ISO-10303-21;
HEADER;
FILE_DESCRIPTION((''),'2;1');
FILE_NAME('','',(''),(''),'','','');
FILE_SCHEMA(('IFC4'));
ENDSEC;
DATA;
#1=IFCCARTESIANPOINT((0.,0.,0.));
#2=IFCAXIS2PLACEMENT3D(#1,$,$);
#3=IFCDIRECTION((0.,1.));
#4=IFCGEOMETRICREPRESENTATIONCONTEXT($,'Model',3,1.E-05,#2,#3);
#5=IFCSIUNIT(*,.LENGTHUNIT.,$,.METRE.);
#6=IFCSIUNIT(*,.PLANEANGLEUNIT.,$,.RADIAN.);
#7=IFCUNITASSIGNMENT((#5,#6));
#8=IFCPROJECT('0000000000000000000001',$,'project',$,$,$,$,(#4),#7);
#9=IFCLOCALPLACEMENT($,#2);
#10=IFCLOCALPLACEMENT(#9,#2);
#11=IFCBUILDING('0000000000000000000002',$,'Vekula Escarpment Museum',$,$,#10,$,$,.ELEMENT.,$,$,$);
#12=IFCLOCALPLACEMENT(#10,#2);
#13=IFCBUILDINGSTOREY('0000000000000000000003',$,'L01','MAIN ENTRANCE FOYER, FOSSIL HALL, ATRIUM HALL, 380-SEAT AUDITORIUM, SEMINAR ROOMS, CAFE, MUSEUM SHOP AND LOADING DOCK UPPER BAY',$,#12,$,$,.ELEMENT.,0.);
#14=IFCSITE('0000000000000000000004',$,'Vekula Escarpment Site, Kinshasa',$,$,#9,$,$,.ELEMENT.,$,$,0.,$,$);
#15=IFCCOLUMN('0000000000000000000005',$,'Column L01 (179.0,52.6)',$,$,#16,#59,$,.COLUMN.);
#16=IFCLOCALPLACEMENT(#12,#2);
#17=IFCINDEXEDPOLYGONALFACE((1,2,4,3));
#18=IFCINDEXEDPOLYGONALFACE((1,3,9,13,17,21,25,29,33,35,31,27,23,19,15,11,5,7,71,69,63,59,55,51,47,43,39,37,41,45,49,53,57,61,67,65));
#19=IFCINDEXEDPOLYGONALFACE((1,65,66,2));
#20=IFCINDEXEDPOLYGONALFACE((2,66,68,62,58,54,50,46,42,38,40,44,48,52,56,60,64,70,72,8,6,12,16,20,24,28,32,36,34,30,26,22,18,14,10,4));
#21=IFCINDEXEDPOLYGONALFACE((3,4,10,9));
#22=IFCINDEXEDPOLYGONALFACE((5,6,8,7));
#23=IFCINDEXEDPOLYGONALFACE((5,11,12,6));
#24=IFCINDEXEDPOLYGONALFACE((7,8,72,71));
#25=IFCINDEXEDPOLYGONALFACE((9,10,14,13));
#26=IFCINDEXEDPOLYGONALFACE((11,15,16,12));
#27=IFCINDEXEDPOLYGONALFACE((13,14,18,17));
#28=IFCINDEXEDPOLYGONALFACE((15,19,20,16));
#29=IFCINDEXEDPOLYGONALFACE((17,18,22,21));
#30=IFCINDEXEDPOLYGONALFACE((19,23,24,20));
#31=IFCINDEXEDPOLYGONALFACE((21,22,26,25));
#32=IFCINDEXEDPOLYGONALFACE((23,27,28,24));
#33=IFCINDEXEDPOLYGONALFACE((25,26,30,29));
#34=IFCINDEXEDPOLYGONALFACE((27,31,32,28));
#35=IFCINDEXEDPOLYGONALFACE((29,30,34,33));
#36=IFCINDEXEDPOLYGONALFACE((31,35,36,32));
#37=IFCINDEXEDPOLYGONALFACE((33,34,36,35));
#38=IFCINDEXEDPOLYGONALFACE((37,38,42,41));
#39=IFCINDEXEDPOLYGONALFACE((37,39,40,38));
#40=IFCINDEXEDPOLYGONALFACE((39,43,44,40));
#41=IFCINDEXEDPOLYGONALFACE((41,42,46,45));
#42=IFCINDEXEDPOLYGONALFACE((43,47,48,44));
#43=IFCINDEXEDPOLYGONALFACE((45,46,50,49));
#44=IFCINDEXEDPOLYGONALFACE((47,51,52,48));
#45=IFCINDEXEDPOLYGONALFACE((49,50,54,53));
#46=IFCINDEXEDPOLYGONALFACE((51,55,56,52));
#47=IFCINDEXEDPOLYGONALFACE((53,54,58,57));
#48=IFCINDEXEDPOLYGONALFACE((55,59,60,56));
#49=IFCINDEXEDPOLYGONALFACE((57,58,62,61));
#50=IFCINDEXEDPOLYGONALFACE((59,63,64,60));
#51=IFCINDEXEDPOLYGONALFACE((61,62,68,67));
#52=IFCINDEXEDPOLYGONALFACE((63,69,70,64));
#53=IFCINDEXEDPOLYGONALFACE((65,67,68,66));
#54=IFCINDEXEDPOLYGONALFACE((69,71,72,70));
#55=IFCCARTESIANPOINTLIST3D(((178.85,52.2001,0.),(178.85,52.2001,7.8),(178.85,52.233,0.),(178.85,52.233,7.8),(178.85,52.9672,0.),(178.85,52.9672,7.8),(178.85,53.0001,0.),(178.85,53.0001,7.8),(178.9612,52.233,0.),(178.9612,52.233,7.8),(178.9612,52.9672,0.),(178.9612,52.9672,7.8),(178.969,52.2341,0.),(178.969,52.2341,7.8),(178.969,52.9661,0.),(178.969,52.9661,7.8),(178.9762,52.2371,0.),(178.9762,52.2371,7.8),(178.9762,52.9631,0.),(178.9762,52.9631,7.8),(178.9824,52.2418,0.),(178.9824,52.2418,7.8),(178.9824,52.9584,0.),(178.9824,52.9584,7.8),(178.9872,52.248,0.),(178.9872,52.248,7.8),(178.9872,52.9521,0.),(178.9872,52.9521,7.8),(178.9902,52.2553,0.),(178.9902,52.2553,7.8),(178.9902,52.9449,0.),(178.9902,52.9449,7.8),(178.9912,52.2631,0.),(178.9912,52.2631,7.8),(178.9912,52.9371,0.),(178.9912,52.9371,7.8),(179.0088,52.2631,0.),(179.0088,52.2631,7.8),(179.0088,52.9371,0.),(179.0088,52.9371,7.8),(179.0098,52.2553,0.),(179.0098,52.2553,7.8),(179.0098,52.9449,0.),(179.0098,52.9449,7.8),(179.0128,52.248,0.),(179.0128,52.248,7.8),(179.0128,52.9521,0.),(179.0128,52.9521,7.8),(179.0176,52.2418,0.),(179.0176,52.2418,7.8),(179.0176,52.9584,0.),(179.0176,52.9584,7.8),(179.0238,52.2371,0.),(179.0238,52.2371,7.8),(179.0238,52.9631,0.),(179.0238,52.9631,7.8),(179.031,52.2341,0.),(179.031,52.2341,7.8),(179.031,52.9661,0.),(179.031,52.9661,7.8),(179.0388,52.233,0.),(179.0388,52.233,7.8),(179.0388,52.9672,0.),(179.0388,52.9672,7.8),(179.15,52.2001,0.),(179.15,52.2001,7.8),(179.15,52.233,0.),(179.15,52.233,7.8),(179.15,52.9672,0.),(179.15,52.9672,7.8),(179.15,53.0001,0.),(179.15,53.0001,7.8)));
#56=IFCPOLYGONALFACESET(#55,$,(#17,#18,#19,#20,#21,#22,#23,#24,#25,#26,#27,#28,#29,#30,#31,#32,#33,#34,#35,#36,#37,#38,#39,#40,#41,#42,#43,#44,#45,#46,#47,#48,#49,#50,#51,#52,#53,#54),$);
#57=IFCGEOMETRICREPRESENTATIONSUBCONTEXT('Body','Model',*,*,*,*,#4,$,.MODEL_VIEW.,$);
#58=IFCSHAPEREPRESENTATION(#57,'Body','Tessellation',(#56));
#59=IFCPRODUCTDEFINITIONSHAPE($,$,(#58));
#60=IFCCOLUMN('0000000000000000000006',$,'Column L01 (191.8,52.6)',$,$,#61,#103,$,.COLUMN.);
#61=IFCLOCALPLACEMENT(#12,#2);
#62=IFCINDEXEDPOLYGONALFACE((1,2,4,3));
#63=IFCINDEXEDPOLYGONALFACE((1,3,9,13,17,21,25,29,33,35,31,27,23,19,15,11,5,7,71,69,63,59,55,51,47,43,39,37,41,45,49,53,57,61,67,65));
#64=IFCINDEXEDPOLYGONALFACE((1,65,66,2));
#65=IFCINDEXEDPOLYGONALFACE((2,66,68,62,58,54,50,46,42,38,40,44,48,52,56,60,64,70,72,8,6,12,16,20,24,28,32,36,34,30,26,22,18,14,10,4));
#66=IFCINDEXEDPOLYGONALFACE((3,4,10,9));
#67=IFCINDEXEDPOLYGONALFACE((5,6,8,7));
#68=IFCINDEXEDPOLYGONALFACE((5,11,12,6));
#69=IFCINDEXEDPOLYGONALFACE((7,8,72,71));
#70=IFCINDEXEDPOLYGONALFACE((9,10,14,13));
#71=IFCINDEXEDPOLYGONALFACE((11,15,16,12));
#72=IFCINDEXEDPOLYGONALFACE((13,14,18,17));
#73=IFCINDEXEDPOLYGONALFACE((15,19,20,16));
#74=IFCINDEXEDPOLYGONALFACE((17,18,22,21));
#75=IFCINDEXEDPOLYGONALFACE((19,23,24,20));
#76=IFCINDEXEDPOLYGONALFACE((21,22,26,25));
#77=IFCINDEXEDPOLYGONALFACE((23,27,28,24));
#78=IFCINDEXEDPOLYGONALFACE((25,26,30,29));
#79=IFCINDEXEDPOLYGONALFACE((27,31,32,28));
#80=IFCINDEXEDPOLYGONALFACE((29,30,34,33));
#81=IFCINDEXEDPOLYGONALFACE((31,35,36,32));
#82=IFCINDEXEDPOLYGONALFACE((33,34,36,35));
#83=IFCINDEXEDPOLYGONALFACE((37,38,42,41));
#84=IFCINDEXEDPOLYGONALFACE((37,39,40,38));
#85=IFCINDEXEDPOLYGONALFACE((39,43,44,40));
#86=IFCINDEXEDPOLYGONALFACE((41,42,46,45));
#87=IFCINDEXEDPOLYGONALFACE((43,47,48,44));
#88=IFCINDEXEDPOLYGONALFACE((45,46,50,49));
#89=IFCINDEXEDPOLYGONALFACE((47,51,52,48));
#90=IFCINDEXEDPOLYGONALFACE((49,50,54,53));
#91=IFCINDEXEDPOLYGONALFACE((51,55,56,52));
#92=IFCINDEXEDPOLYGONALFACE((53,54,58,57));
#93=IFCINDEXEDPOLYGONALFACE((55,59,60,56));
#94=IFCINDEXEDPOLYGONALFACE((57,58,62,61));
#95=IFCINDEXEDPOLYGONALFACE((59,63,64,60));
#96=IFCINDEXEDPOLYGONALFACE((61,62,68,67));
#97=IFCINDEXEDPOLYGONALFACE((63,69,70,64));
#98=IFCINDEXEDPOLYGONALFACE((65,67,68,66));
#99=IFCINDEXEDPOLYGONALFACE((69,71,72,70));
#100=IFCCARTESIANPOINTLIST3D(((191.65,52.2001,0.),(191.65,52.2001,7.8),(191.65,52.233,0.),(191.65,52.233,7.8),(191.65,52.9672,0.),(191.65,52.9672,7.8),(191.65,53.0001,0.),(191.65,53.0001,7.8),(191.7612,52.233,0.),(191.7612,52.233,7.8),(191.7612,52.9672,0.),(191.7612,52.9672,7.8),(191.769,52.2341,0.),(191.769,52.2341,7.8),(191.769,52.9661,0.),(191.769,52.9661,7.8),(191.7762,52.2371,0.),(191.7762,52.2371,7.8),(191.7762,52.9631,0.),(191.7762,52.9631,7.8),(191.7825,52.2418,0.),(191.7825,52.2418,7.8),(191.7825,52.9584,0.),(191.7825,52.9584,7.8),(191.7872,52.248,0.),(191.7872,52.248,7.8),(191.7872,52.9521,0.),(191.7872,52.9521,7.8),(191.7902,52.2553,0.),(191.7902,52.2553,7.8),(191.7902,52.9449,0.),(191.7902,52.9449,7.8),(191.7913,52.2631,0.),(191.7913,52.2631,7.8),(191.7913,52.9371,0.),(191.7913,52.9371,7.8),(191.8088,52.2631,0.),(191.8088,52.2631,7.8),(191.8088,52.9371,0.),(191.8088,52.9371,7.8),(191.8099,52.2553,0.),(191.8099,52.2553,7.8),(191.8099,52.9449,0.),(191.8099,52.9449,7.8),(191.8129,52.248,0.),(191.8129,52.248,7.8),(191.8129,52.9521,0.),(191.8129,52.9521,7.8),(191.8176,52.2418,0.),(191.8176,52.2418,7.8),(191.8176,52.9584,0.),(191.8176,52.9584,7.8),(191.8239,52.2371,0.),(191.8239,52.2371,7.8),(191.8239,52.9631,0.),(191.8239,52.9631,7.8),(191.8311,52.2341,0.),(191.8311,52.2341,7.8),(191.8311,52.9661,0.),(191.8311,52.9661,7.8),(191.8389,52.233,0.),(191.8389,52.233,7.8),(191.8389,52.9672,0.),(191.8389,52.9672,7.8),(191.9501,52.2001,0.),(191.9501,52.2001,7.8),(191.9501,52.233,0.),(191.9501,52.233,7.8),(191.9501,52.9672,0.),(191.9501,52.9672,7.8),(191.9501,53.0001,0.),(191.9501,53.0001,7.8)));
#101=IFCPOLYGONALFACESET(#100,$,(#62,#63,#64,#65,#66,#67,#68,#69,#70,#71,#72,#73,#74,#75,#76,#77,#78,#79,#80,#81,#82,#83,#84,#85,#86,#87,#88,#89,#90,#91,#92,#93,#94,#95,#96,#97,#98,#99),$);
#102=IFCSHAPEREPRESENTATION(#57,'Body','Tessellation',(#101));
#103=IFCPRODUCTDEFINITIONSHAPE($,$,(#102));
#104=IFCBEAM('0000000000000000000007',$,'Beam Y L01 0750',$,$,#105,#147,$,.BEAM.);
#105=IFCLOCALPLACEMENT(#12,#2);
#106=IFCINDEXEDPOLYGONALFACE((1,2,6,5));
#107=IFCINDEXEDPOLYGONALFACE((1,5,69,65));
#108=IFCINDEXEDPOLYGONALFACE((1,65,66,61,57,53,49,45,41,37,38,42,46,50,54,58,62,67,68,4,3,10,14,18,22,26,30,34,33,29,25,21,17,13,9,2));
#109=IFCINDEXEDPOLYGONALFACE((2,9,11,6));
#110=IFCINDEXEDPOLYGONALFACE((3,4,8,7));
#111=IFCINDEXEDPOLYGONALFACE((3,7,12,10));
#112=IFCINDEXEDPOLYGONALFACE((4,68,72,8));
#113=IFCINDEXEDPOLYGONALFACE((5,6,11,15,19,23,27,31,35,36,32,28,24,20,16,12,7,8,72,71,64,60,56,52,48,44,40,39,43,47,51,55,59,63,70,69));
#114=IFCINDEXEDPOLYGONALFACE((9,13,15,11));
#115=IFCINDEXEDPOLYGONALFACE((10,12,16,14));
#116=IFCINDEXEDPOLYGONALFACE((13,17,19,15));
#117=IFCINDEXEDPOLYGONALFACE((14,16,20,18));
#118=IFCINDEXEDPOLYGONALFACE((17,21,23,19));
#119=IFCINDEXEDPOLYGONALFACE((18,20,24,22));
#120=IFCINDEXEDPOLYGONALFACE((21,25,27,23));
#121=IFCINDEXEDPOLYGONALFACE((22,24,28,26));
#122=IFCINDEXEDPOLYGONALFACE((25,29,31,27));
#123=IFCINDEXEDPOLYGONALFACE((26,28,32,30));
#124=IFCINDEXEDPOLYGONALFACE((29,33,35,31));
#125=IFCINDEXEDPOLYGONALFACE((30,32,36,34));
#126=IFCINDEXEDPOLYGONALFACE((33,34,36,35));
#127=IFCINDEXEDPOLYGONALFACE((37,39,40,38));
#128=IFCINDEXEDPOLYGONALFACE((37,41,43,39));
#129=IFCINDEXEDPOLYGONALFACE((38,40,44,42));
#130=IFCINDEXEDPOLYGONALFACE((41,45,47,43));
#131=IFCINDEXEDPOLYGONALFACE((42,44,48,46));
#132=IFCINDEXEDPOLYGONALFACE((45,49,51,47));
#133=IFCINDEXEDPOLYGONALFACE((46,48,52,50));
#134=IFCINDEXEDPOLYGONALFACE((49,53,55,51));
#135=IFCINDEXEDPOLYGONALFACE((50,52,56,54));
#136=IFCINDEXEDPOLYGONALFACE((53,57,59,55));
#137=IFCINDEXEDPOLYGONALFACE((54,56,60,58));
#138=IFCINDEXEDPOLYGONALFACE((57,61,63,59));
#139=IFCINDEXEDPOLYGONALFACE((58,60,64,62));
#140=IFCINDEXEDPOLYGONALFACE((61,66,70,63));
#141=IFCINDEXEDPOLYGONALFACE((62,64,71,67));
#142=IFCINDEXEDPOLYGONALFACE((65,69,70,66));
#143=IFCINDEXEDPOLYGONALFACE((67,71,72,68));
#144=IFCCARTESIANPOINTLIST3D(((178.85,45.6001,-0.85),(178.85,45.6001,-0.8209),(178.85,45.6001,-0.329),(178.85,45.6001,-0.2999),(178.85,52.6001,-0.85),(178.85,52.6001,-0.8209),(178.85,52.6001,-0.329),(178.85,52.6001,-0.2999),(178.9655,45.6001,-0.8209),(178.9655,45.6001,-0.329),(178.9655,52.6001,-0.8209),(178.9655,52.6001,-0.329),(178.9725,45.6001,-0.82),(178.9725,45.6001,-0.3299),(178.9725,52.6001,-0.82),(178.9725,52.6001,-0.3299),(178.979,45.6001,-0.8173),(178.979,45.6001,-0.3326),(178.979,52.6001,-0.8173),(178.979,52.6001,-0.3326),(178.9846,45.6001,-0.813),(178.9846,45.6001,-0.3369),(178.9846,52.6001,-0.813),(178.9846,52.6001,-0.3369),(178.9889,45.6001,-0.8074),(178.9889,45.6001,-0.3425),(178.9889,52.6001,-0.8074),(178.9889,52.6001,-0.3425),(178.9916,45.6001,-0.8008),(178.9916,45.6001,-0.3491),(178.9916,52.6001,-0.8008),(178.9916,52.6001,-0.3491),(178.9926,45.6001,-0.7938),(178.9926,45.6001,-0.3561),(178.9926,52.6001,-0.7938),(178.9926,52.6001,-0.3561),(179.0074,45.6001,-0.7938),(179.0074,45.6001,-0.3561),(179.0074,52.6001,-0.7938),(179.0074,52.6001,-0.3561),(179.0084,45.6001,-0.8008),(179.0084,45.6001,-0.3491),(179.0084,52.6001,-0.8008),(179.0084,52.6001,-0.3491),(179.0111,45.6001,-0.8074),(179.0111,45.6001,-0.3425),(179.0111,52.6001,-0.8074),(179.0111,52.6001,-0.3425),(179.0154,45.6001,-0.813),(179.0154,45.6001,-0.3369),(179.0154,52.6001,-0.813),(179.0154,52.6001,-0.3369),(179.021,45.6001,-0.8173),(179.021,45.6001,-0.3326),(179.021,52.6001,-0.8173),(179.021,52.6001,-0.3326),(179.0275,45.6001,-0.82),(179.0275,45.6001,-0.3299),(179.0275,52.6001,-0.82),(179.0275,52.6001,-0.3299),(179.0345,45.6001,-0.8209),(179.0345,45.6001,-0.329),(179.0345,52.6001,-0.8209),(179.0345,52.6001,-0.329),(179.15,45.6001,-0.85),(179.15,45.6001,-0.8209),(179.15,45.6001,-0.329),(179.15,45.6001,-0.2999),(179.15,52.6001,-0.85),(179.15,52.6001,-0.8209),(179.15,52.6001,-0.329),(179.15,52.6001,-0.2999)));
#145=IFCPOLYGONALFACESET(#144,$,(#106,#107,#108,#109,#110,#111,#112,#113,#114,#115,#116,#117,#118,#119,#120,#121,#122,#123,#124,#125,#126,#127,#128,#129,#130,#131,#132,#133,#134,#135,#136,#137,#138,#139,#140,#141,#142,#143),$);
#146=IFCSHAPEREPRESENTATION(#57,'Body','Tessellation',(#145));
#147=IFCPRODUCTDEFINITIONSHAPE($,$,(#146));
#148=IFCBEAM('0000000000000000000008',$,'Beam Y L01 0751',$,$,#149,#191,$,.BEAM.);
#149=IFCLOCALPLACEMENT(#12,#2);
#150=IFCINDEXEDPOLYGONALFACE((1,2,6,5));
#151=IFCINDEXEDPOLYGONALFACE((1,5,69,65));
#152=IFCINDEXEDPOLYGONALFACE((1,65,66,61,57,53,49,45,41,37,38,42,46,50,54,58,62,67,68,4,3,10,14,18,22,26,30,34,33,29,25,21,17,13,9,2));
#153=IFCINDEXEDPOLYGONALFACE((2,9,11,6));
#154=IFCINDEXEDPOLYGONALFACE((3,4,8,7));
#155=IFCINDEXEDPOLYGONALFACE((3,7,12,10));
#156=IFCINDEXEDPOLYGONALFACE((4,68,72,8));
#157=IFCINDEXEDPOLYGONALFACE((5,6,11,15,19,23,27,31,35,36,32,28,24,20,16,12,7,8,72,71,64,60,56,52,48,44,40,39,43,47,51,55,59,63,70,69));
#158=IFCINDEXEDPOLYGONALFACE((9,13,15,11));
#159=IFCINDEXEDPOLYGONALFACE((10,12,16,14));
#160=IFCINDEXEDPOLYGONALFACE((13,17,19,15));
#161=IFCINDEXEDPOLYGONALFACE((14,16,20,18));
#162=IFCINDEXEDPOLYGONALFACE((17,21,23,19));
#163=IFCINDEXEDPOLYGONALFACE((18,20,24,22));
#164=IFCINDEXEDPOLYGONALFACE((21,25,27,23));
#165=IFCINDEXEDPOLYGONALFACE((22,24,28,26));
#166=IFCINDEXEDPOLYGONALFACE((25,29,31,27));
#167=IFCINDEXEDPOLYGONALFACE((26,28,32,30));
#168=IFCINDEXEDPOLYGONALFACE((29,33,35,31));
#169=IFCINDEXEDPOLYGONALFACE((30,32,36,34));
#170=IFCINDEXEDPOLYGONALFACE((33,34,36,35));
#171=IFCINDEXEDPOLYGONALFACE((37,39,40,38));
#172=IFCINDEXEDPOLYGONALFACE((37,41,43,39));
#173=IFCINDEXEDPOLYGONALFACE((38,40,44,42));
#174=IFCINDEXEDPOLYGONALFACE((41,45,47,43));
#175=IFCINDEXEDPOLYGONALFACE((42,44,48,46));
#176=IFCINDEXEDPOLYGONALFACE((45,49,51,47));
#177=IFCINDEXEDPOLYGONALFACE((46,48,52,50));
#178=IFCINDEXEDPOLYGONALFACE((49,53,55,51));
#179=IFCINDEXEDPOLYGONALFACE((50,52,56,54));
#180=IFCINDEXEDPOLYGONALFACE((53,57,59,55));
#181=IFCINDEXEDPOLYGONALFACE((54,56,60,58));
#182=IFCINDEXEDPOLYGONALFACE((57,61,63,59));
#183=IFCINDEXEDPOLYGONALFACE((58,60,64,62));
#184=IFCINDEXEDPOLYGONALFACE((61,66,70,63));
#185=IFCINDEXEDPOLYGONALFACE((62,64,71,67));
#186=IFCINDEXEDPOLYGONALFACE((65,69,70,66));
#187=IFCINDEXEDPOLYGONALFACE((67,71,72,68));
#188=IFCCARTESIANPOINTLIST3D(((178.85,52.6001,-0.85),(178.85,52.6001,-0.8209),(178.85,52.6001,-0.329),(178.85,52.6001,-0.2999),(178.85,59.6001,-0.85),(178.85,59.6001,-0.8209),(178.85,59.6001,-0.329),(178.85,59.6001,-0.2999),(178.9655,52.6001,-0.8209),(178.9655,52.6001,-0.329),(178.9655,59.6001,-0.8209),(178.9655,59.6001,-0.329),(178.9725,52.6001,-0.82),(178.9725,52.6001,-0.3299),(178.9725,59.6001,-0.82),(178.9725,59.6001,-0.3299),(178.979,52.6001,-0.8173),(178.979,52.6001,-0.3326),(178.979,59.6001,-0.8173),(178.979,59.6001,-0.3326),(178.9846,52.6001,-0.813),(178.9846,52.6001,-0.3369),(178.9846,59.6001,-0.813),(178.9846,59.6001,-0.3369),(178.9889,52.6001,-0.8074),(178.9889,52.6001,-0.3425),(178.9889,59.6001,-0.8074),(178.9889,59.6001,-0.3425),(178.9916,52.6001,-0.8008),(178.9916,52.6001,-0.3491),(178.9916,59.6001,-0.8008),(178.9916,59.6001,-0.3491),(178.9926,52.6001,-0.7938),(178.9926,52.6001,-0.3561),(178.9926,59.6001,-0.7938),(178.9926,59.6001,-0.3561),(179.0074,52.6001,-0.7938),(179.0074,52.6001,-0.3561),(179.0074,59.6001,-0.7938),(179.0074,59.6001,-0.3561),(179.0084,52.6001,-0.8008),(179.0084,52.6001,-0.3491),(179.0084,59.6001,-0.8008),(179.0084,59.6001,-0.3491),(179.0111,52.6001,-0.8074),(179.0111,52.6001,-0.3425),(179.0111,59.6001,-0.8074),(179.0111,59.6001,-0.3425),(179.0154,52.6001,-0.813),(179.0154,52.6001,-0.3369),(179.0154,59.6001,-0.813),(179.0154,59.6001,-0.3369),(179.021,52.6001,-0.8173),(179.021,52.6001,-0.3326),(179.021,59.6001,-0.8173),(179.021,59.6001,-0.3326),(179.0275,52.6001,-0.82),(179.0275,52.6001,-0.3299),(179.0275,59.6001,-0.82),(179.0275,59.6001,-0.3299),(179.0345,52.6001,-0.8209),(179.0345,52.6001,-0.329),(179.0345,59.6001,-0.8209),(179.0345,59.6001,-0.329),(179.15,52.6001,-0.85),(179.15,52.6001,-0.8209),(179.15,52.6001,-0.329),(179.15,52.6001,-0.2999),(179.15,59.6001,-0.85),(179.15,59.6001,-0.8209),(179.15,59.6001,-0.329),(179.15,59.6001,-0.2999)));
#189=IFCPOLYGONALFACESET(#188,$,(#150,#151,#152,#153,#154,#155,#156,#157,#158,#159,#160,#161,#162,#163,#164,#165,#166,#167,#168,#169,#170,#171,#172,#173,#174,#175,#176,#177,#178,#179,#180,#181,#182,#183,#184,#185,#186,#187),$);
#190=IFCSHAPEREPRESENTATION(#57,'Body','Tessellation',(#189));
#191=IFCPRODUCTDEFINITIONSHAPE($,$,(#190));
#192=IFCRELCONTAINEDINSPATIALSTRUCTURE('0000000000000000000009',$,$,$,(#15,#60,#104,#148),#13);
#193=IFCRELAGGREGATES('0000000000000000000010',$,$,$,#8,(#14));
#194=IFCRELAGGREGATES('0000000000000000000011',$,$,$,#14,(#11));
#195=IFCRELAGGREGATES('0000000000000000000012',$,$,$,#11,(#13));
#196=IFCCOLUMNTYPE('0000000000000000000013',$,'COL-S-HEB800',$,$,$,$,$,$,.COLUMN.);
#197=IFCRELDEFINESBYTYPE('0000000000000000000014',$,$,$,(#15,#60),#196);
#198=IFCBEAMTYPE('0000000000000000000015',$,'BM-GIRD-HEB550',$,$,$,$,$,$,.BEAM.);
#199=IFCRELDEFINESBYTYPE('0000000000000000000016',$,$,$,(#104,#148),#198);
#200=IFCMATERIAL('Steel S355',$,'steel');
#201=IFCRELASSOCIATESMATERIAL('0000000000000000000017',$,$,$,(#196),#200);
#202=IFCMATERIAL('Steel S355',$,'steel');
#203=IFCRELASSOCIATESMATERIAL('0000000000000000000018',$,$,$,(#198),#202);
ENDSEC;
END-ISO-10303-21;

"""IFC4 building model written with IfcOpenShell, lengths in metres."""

from ifc_helpers import new_model, si_unit, direction, frame, origin, origin_2d, place, context, subcontext, project, spatial, i_section, extrude, material, material_profile, profile_set, type_object, element, save


model = new_model("IFC4")

# Units and contexts
model_context = context("Model", 3, precision=1e-05, world=origin(), true_north=direction((0.0, 1.0)))
body_context = subcontext(model_context, "Body", "Model", "MODEL_VIEW")
ifc_project = project(units=[si_unit("LENGTHUNIT", "METRE"), si_unit("PLANEANGLEUNIT", "RADIAN")], contexts=[model_context])

# Site, building, storey
site_placement = place(None, origin())
site = spatial("IfcSite", under=ifc_project, at=site_placement, Name="Vekula Escarpment Site, Kinshasa", CompositionType="ELEMENT", RefElevation=0.0)
building_placement = place(site_placement, origin())
building = spatial("IfcBuilding", under=site, at=building_placement, Name="Vekula Escarpment Museum", CompositionType="ELEMENT")
storey_placement = place(building_placement, origin())
storey = spatial("IfcBuildingStorey", under=building, at=storey_placement, Name="L01", Description="MAIN ENTRANCE FOYER, FOSSIL HALL, ATRIUM HALL, 380-SEAT AUDITORIUM, SEMINAR ROOMS, CAFE, MUSEUM SHOP AND LOADING DOCK UPPER BAY", CompositionType="ELEMENT", Elevation=0.0)

# Columns
ifc_material_1 = material(Name="Steel S355", Category="steel")
ifc_material_profile_1 = material_profile(ifc_material_1, i_section(OverallWidth=0.3, OverallDepth=0.8, WebThickness=0.0176, FlangeThickness=0.033, FilletRadius=0.03, at=origin_2d()), Name="HEB 800")
ifc_profile_set_1 = profile_set([ifc_material_profile_1], Name="Steel S355")
column_type = type_object("IfcColumnType", Name="COL-S-HEB800", PredefinedType="COLUMN", material=ifc_profile_set_1)
for number, where, z_axis, x_axis, name in (
    (1, (179.0, 52.6001, 0.0), (0.0, 0.0, 1.0), (1.0, 0.0, 0.0), "Column L01 (179.0,52.6)"),
    (2, (191.8, 52.6001, 0.0), (0.0, 0.0, 1.0), (1.0, 0.0, 0.0), "Column L01 (191.8,52.6)"),
):
    element("IfcColumn", number, at=place(storey_placement, frame(where, z_axis=z_axis, x_axis=x_axis)), inside=storey, type_object=column_type, Name=name, PredefinedType="COLUMN", context=body_context, shape_type="SweptSolid", body=[
        extrude(i_section(OverallWidth=0.3, OverallDepth=0.8, WebThickness=0.0176, FlangeThickness=0.033, FilletRadius=0.03, at=origin_2d()), origin(), (0.0, 0.0, 1.0), 7.8),
    ])

# Beams
ifc_material_2 = material(Name="Steel S355", Category="steel")
ifc_material_profile_2 = material_profile(ifc_material_2, i_section(OverallWidth=0.3, OverallDepth=0.55, WebThickness=0.0149, FlangeThickness=0.0291, FilletRadius=0.0271, at=origin_2d()), Name="HEB 550")
ifc_profile_set_2 = profile_set([ifc_material_profile_2], Name="Steel S355")
beam_type_1 = type_object("IfcBeamType", Name="BM-GIRD-HEB550", PredefinedType="BEAM", material=ifc_profile_set_2)
for number, where, z_axis, x_axis, name in (
    (3, (179.0, 45.6001, -0.575), (0.0, 1.0, 0.0), (-1.0, 0.0, 0.0), "Beam Y L01 0750"),
    (4, (179.0, 52.6001, -0.575), (0.0, 1.0, 0.0), (-1.0, 0.0, 0.0), "Beam Y L01 0751"),
):
    element("IfcBeam", number, at=place(storey_placement, frame(where, z_axis=z_axis, x_axis=x_axis)), inside=storey, type_object=beam_type_1, Name=name, PredefinedType="BEAM", context=body_context, shape_type="SweptSolid", body=[
        extrude(i_section(OverallWidth=0.3, OverallDepth=0.55, WebThickness=0.0149, FlangeThickness=0.0291, FilletRadius=0.0271, at=origin_2d()), origin(), (0.0, 0.0, 1.0), 7.0),
    ])

save(model, "model.ifc")
